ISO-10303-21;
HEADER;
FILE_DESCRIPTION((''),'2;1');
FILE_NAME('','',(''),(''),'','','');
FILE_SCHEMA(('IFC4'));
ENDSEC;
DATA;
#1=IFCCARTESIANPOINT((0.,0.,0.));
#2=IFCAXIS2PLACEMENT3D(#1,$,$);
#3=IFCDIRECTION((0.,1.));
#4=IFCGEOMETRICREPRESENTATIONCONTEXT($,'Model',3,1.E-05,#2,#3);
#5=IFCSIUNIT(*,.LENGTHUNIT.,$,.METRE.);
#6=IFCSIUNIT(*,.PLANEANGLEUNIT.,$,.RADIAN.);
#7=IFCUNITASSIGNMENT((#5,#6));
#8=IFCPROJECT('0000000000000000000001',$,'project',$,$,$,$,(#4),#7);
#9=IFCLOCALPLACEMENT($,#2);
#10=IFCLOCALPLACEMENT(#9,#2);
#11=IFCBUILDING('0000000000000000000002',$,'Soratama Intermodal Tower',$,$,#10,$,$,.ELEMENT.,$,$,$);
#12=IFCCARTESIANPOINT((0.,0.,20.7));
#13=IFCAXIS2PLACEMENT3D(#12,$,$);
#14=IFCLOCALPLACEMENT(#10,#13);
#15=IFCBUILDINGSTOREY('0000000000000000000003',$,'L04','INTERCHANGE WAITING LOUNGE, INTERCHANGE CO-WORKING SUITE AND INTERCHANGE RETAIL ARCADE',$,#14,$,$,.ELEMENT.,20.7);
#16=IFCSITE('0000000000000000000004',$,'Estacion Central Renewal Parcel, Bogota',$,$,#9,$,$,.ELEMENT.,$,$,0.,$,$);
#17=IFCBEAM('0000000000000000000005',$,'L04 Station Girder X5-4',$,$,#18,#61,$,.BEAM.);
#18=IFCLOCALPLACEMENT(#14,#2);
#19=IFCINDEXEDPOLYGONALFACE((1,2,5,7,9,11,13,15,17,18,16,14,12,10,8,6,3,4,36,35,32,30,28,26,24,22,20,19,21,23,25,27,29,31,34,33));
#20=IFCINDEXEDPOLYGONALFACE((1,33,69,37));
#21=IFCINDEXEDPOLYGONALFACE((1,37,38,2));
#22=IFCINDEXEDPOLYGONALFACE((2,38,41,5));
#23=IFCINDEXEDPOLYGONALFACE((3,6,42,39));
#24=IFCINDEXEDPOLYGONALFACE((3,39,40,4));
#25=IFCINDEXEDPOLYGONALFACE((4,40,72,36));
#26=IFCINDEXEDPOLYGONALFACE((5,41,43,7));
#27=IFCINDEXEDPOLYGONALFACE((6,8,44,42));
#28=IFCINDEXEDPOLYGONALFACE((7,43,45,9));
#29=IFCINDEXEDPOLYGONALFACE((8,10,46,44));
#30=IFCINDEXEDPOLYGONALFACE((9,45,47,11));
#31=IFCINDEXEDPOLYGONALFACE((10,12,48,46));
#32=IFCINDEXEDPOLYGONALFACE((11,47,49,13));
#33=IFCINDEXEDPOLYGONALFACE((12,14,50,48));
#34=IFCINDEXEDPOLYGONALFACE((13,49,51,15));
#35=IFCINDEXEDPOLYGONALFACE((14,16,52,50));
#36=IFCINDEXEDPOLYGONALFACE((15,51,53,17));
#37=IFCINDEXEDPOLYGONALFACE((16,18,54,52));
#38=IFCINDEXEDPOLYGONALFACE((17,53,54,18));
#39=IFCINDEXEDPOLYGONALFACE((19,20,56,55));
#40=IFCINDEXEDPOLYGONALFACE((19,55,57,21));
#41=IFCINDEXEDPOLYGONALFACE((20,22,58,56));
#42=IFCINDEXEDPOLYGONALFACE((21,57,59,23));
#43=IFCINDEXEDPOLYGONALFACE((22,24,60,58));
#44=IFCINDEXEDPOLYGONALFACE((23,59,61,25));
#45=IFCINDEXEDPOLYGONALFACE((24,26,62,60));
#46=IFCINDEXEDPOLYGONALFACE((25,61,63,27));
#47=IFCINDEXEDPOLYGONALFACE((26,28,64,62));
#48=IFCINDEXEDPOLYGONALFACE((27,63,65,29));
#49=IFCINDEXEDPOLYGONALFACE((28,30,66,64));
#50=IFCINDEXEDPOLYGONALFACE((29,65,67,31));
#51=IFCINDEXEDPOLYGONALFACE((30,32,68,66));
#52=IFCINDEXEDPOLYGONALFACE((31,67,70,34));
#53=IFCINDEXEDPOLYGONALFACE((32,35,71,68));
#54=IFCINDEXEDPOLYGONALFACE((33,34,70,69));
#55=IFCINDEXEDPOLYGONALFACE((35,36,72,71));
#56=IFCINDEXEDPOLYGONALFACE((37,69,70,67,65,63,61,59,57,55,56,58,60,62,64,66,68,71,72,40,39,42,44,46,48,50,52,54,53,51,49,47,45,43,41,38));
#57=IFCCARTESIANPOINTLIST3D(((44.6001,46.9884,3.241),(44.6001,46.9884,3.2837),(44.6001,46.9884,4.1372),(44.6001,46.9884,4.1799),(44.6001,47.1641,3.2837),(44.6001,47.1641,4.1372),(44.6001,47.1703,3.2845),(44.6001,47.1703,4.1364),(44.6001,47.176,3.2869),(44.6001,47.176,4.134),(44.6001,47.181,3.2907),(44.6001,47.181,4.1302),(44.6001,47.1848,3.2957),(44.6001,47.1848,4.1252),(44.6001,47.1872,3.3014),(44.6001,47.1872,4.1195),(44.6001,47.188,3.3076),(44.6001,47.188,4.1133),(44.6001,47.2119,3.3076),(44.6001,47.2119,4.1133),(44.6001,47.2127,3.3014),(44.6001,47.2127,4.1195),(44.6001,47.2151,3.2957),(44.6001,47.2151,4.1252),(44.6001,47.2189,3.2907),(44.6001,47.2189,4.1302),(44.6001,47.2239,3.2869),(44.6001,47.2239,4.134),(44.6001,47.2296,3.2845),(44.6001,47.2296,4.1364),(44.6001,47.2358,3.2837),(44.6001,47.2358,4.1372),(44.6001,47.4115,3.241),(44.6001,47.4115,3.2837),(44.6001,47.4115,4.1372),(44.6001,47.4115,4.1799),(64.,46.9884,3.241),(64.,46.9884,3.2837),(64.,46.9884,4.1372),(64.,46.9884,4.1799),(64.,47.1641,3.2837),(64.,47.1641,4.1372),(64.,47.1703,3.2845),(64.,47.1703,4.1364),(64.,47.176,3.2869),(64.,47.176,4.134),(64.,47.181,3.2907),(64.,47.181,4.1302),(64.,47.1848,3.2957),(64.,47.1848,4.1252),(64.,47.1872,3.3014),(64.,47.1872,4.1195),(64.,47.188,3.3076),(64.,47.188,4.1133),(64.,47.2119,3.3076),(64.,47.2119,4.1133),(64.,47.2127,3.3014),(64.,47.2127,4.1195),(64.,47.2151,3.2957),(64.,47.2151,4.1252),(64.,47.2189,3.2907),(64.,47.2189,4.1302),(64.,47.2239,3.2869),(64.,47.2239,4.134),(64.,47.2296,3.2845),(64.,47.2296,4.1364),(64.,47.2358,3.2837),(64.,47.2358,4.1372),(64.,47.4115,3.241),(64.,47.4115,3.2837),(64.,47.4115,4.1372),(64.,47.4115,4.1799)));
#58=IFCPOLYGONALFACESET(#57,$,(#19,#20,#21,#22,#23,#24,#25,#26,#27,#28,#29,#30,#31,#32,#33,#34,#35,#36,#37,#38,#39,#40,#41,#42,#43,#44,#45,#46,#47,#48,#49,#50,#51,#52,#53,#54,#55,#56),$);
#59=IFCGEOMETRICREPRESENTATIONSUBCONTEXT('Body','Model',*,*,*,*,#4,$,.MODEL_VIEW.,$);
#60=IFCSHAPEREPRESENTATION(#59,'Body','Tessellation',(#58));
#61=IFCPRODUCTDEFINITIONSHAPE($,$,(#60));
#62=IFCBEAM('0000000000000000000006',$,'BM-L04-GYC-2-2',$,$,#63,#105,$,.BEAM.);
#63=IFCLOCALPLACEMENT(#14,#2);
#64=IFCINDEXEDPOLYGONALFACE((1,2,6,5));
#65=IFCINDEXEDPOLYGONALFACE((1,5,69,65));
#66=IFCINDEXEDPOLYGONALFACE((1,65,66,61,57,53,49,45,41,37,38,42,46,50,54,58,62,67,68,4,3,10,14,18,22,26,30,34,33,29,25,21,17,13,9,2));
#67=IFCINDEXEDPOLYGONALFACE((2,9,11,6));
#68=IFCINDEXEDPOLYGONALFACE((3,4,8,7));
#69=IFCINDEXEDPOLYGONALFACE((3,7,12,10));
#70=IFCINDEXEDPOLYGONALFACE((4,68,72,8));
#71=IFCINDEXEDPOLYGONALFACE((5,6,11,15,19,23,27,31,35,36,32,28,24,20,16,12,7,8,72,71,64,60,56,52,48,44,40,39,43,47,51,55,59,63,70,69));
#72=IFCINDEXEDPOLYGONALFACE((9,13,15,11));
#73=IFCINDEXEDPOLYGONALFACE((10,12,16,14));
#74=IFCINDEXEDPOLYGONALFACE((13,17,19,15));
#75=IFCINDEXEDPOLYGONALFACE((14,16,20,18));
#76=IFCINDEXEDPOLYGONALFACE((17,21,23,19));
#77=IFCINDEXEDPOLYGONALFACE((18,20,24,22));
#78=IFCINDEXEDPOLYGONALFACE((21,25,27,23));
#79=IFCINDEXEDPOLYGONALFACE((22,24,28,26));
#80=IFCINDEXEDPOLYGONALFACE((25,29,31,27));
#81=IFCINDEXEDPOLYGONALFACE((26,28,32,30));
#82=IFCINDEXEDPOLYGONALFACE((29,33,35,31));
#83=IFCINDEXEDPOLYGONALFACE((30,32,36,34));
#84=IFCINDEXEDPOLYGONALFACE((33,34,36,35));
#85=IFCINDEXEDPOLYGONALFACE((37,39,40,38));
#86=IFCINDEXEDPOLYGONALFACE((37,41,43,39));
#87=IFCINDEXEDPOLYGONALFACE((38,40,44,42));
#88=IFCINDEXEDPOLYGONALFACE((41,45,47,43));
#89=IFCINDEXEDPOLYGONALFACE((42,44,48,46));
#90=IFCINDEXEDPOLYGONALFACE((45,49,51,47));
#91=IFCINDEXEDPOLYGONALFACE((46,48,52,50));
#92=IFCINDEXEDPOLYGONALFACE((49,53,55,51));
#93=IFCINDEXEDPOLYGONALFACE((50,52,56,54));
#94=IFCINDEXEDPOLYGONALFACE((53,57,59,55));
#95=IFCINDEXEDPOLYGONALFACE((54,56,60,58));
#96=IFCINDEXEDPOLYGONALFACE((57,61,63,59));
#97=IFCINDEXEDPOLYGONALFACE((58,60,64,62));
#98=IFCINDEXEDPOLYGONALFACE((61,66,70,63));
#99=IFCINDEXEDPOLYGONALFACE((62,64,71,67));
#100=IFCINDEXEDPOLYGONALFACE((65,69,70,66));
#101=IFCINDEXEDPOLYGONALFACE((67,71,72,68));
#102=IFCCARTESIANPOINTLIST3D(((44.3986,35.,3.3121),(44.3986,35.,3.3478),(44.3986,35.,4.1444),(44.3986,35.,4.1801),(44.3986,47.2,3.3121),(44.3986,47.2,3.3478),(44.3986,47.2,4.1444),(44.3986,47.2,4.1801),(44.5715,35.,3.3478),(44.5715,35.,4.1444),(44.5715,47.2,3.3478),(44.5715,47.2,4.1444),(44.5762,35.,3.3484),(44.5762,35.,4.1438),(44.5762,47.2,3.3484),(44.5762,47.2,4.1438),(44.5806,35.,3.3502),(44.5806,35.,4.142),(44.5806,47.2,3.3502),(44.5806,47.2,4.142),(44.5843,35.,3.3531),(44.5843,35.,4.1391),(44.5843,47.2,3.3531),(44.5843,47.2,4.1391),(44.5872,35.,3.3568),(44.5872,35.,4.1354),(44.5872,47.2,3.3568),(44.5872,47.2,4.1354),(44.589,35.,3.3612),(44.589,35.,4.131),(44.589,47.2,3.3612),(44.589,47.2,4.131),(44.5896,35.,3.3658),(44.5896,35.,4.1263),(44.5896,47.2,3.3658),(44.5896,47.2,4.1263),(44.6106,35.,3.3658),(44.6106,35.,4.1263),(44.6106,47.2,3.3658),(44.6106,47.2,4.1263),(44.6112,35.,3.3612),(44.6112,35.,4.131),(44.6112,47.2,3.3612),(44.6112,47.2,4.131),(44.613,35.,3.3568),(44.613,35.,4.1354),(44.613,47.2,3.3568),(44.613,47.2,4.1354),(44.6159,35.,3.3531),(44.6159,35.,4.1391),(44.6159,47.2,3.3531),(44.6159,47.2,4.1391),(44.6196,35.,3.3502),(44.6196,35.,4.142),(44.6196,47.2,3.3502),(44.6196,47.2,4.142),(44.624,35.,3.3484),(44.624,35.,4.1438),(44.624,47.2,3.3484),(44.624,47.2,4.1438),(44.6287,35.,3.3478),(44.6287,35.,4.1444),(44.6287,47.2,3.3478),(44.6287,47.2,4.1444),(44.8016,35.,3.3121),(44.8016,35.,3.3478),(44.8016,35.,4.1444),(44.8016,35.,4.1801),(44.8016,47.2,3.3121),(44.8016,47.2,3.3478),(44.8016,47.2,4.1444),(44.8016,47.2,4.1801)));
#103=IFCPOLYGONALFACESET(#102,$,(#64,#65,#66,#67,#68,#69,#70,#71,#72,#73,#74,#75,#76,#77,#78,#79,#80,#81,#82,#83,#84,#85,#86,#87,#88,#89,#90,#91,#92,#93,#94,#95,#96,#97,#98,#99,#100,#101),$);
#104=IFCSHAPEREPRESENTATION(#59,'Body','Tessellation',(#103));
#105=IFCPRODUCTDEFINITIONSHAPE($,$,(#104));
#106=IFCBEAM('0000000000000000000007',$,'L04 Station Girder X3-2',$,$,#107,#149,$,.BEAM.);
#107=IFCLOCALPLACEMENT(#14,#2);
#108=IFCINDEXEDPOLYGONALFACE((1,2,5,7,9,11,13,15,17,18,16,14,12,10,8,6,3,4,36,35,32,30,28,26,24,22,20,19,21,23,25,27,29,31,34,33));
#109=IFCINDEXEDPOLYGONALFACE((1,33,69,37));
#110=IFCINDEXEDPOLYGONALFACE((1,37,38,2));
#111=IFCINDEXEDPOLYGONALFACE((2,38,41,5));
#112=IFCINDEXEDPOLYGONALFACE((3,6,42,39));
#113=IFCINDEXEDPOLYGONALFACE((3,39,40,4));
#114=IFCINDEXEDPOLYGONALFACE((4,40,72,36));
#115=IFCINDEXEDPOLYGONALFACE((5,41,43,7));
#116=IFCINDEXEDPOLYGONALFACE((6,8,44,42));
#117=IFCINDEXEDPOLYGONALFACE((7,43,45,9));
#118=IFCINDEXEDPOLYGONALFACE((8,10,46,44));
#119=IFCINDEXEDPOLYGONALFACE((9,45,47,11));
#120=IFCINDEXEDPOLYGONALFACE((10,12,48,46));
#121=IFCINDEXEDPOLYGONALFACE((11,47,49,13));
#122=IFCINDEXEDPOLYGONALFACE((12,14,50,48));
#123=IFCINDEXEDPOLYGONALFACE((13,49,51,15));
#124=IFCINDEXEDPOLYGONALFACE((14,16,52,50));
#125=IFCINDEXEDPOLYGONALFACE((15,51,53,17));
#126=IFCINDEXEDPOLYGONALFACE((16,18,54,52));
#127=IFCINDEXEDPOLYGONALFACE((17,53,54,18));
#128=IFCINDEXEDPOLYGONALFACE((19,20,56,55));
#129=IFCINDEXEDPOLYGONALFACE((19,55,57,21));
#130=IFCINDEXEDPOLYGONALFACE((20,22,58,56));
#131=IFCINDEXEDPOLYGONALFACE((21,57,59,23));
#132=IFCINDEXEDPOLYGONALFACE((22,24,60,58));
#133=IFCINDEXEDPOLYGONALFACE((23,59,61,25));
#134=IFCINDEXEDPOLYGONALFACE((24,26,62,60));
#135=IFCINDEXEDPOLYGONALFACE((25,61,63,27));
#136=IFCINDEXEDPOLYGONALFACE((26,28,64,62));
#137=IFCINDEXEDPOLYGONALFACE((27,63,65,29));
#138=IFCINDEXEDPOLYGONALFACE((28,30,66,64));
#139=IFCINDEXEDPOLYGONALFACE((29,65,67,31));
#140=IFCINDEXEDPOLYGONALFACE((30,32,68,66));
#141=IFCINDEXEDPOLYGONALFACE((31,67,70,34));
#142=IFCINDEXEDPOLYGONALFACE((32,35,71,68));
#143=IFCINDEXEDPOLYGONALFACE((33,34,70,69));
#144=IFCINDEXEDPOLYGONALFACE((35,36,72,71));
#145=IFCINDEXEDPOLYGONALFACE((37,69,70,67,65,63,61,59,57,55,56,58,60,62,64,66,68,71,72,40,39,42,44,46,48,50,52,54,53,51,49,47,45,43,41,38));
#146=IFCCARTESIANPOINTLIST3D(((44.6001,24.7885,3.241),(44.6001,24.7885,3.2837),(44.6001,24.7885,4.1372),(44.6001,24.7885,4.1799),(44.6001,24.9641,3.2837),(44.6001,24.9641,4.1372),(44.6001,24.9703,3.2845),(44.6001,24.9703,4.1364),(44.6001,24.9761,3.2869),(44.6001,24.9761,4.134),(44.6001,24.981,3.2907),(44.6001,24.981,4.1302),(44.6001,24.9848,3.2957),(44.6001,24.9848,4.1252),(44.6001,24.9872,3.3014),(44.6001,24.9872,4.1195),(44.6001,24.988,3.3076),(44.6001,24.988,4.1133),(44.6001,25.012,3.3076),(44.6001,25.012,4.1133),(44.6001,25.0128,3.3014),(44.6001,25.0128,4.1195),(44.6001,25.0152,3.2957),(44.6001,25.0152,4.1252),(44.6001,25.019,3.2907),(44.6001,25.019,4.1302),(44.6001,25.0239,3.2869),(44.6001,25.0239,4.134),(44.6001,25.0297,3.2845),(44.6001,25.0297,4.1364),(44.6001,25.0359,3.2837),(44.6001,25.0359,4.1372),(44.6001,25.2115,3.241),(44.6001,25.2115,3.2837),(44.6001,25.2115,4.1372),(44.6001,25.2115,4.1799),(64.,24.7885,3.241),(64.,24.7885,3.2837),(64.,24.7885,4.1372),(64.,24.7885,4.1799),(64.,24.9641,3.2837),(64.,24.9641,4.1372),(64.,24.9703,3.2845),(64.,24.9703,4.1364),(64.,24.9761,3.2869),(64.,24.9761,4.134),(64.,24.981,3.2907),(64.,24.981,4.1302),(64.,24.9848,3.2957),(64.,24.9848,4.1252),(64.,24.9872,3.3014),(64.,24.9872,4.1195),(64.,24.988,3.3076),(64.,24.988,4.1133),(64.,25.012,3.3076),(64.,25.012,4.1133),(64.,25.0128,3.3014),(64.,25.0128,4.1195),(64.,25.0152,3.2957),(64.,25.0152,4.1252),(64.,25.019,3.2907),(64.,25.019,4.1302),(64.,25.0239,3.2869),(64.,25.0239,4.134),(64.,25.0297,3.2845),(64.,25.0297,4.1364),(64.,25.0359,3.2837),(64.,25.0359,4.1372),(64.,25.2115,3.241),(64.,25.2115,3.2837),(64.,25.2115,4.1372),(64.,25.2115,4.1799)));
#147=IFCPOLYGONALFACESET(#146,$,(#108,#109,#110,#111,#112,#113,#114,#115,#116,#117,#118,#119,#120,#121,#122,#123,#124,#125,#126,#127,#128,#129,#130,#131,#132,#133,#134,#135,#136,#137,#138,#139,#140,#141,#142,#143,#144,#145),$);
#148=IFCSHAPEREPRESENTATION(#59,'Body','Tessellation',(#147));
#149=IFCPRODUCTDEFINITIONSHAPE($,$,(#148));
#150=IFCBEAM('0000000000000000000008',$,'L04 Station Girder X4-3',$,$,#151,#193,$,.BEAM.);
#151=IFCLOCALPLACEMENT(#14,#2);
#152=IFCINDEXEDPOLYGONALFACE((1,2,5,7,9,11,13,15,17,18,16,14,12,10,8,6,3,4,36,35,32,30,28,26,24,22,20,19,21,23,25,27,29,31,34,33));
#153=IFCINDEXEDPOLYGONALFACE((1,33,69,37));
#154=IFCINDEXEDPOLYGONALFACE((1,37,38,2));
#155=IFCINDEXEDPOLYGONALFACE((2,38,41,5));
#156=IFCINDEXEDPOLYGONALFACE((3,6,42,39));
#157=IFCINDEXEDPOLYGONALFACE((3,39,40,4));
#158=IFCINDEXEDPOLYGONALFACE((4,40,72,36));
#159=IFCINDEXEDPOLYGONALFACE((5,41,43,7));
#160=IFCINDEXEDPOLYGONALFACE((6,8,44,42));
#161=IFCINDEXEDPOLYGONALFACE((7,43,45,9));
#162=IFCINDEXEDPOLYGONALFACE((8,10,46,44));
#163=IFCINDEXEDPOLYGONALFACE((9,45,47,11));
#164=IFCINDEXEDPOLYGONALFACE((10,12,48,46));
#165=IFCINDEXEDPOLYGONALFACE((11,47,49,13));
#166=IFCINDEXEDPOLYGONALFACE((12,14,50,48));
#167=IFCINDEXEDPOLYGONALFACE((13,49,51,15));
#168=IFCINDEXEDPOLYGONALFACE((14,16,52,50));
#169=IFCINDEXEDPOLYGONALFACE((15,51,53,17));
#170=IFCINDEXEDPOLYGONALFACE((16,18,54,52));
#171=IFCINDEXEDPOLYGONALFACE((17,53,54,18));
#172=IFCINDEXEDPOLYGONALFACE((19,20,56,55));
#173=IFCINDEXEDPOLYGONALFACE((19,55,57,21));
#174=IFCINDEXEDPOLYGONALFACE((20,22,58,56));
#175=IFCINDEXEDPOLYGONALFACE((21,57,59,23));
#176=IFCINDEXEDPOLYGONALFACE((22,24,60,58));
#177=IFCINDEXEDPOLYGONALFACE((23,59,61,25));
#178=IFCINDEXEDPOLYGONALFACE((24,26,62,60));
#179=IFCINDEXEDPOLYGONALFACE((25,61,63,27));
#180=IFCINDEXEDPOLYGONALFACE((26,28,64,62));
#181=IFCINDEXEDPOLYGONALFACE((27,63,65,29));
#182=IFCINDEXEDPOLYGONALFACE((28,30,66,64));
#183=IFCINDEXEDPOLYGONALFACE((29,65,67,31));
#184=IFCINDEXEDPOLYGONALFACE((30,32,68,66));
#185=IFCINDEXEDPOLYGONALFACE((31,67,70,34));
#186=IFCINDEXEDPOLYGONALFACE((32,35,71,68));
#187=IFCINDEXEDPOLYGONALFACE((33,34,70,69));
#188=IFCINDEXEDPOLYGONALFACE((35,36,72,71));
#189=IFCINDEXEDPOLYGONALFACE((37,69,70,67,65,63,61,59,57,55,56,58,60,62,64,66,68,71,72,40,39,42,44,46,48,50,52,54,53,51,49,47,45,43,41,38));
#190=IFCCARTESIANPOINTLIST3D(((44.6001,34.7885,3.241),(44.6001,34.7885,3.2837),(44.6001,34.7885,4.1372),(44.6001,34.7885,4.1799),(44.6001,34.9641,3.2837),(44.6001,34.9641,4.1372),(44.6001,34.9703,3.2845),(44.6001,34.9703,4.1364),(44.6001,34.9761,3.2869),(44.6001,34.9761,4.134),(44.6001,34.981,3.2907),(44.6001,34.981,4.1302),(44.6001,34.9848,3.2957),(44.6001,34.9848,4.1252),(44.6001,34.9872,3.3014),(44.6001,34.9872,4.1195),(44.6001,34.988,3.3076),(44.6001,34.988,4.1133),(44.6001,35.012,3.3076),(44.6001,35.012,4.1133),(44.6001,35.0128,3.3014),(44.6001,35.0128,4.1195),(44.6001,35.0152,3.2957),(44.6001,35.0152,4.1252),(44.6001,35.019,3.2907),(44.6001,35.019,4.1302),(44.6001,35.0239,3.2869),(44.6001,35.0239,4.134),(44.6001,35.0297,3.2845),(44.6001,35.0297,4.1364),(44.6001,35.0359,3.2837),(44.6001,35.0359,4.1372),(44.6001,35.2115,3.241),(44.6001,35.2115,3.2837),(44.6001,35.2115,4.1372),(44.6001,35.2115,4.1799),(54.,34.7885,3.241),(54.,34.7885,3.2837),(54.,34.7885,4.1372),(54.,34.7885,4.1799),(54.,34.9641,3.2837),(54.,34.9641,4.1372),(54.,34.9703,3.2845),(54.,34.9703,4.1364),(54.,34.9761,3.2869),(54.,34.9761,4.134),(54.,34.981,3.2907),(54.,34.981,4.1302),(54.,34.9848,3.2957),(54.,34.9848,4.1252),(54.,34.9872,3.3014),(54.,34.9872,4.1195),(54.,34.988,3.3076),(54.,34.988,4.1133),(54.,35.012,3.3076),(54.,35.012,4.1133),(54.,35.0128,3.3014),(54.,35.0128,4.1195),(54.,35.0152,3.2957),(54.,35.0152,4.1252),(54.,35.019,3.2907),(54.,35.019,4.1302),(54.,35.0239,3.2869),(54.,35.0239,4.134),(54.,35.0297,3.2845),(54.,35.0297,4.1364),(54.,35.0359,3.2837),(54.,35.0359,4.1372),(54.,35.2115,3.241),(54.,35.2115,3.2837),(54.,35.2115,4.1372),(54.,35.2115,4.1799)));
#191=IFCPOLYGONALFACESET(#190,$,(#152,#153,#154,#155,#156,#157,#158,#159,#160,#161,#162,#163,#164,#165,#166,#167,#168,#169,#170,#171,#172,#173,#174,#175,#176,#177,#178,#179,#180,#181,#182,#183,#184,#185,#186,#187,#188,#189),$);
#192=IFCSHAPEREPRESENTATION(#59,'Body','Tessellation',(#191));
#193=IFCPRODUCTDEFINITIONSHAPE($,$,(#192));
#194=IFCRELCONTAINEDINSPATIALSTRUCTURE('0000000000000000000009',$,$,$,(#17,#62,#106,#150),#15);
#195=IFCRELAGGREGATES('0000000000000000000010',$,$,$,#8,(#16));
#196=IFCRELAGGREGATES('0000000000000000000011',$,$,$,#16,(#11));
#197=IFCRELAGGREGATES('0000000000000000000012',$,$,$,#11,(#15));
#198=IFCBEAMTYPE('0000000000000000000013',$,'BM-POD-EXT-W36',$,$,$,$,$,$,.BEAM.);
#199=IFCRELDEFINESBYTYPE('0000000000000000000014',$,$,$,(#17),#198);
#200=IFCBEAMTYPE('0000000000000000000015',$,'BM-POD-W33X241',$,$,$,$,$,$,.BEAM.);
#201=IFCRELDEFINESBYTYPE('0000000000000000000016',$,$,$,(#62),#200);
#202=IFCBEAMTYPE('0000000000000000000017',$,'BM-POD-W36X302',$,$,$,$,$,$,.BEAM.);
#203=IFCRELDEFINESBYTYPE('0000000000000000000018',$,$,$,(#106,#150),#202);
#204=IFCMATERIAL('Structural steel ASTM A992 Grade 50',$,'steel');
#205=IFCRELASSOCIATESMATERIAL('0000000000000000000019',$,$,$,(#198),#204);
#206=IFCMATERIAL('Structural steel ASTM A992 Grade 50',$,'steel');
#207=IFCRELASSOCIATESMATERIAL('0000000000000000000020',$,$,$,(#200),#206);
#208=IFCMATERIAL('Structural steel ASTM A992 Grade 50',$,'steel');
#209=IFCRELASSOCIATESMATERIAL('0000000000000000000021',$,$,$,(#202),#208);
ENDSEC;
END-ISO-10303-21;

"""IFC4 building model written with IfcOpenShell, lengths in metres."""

from ifc_helpers import new_model, si_unit, direction, frame, origin, origin_2d, place, context, subcontext, project, spatial, i_section, extrude, material, material_profile, profile_set, type_object, element, save


model = new_model("IFC4")

# Units and contexts
model_context = context("Model", 3, precision=1e-05, world=origin(), true_north=direction((0.0, 1.0)))
body_context = subcontext(model_context, "Body", "Model", "MODEL_VIEW")
ifc_project = project(units=[si_unit("LENGTHUNIT", "METRE"), si_unit("PLANEANGLEUNIT", "RADIAN")], contexts=[model_context])

# Site, building, storey
site_placement = place(None, origin())
site = spatial("IfcSite", under=ifc_project, at=site_placement, Name="Estacion Central Renewal Parcel, Bogota", CompositionType="ELEMENT", RefElevation=0.0)
building_placement = place(site_placement, origin())
building = spatial("IfcBuilding", under=site, at=building_placement, Name="Soratama Intermodal Tower", CompositionType="ELEMENT")
storey_placement = place(building_placement, frame((0.0, 0.0, 20.7)))
storey = spatial("IfcBuildingStorey", under=building, at=storey_placement, Name="L04", Description="INTERCHANGE WAITING LOUNGE, INTERCHANGE CO-WORKING SUITE AND INTERCHANGE RETAIL ARCADE", CompositionType="ELEMENT", Elevation=20.7)

# Beams
ifc_material_1 = material(Name="Structural steel ASTM A992 Grade 50", Category="steel")
ifc_material_profile_1 = material_profile(ifc_material_1, i_section(OverallWidth=0.4231, OverallDepth=0.939, WebThickness=0.0239, FlangeThickness=0.0427, FilletRadius=0.0239, at=origin_2d()), Name="W36X302")
ifc_profile_set_1 = profile_set([ifc_material_profile_1], Name="Structural steel ASTM A992 Grade 50")
beam_type_1 = type_object("IfcBeamType", Name="BM-POD-EXT-W36", PredefinedType="BEAM", material=ifc_profile_set_1)
beam_1_placement = place(storey_placement, frame((44.6001, 47.2, 3.7104), z_axis=(1.0, 0.0, 0.0), x_axis=(0.0, 1.0, 0.0)))
element("IfcBeam", 1, at=beam_1_placement, inside=storey, type_object=beam_type_1, Name="L04 Station Girder X5-4", PredefinedType="BEAM", context=body_context, shape_type="SweptSolid", body=[
    extrude(i_section(OverallWidth=0.4231, OverallDepth=0.939, WebThickness=0.0239, FlangeThickness=0.0427, FilletRadius=0.0239, at=origin_2d()), origin(), (0.0, 0.0, 1.0), 19.3999),
])
ifc_material_2 = material(Name="Structural steel ASTM A992 Grade 50", Category="steel")
ifc_material_profile_2 = material_profile(ifc_material_2, i_section(OverallWidth=0.4031, OverallDepth=0.8679, WebThickness=0.021, FlangeThickness=0.0356, FilletRadius=0.0181, at=origin_2d()), Name="W33X241")
ifc_profile_set_2 = profile_set([ifc_material_profile_2], Name="Structural steel ASTM A992 Grade 50")
beam_type_2 = type_object("IfcBeamType", Name="BM-POD-W33X241", PredefinedType="BEAM", material=ifc_profile_set_2)
beam_2_placement = place(storey_placement, frame((44.6001, 35.0, 3.7461), z_axis=(0.0, 1.0, 0.0), x_axis=(-1.0, 0.0, 0.0)))
element("IfcBeam", 2, at=beam_2_placement, inside=storey, type_object=beam_type_2, Name="BM-L04-GYC-2-2", PredefinedType="BEAM", context=body_context, shape_type="SweptSolid", body=[
    extrude(i_section(OverallWidth=0.4031, OverallDepth=0.8679, WebThickness=0.021, FlangeThickness=0.0356, FilletRadius=0.0181, at=origin_2d()), origin(), (0.0, 0.0, 1.0), 12.2),
])
ifc_material_3 = material(Name="Structural steel ASTM A992 Grade 50", Category="steel")
ifc_material_profile_3 = material_profile(ifc_material_3, i_section(OverallWidth=0.4231, OverallDepth=0.939, WebThickness=0.0239, FlangeThickness=0.0427, FilletRadius=0.0239, at=origin_2d()), Name="W36X302")
ifc_profile_set_3 = profile_set([ifc_material_profile_3], Name="Structural steel ASTM A992 Grade 50")
beam_type_3 = type_object("IfcBeamType", Name="BM-POD-W36X302", PredefinedType="BEAM", material=ifc_profile_set_3)
beam_3_placement = place(storey_placement, frame((44.6001, 25.0, 3.7104), z_axis=(1.0, 0.0, 0.0), x_axis=(0.0, 1.0, 0.0)))
element("IfcBeam", 3, at=beam_3_placement, inside=storey, type_object=beam_type_3, Name="L04 Station Girder X3-2", PredefinedType="BEAM", context=body_context, shape_type="SweptSolid", body=[
    extrude(i_section(OverallWidth=0.4231, OverallDepth=0.939, WebThickness=0.0239, FlangeThickness=0.0427, FilletRadius=0.0239, at=origin_2d()), origin(), (0.0, 0.0, 1.0), 19.3999),
])
beam_4_placement = place(storey_placement, frame((44.6001, 35.0, 3.7104), z_axis=(1.0, 0.0, 0.0), x_axis=(0.0, 1.0, 0.0)))
element("IfcBeam", 4, at=beam_4_placement, inside=storey, type_object=beam_type_3, Name="L04 Station Girder X4-3", PredefinedType="BEAM", context=body_context, shape_type="SweptSolid", body=[
    extrude(i_section(OverallWidth=0.4231, OverallDepth=0.939, WebThickness=0.0239, FlangeThickness=0.0427, FilletRadius=0.0239, at=origin_2d()), origin(), (0.0, 0.0, 1.0), 9.3999),
])

save(model, "model.ifc")
